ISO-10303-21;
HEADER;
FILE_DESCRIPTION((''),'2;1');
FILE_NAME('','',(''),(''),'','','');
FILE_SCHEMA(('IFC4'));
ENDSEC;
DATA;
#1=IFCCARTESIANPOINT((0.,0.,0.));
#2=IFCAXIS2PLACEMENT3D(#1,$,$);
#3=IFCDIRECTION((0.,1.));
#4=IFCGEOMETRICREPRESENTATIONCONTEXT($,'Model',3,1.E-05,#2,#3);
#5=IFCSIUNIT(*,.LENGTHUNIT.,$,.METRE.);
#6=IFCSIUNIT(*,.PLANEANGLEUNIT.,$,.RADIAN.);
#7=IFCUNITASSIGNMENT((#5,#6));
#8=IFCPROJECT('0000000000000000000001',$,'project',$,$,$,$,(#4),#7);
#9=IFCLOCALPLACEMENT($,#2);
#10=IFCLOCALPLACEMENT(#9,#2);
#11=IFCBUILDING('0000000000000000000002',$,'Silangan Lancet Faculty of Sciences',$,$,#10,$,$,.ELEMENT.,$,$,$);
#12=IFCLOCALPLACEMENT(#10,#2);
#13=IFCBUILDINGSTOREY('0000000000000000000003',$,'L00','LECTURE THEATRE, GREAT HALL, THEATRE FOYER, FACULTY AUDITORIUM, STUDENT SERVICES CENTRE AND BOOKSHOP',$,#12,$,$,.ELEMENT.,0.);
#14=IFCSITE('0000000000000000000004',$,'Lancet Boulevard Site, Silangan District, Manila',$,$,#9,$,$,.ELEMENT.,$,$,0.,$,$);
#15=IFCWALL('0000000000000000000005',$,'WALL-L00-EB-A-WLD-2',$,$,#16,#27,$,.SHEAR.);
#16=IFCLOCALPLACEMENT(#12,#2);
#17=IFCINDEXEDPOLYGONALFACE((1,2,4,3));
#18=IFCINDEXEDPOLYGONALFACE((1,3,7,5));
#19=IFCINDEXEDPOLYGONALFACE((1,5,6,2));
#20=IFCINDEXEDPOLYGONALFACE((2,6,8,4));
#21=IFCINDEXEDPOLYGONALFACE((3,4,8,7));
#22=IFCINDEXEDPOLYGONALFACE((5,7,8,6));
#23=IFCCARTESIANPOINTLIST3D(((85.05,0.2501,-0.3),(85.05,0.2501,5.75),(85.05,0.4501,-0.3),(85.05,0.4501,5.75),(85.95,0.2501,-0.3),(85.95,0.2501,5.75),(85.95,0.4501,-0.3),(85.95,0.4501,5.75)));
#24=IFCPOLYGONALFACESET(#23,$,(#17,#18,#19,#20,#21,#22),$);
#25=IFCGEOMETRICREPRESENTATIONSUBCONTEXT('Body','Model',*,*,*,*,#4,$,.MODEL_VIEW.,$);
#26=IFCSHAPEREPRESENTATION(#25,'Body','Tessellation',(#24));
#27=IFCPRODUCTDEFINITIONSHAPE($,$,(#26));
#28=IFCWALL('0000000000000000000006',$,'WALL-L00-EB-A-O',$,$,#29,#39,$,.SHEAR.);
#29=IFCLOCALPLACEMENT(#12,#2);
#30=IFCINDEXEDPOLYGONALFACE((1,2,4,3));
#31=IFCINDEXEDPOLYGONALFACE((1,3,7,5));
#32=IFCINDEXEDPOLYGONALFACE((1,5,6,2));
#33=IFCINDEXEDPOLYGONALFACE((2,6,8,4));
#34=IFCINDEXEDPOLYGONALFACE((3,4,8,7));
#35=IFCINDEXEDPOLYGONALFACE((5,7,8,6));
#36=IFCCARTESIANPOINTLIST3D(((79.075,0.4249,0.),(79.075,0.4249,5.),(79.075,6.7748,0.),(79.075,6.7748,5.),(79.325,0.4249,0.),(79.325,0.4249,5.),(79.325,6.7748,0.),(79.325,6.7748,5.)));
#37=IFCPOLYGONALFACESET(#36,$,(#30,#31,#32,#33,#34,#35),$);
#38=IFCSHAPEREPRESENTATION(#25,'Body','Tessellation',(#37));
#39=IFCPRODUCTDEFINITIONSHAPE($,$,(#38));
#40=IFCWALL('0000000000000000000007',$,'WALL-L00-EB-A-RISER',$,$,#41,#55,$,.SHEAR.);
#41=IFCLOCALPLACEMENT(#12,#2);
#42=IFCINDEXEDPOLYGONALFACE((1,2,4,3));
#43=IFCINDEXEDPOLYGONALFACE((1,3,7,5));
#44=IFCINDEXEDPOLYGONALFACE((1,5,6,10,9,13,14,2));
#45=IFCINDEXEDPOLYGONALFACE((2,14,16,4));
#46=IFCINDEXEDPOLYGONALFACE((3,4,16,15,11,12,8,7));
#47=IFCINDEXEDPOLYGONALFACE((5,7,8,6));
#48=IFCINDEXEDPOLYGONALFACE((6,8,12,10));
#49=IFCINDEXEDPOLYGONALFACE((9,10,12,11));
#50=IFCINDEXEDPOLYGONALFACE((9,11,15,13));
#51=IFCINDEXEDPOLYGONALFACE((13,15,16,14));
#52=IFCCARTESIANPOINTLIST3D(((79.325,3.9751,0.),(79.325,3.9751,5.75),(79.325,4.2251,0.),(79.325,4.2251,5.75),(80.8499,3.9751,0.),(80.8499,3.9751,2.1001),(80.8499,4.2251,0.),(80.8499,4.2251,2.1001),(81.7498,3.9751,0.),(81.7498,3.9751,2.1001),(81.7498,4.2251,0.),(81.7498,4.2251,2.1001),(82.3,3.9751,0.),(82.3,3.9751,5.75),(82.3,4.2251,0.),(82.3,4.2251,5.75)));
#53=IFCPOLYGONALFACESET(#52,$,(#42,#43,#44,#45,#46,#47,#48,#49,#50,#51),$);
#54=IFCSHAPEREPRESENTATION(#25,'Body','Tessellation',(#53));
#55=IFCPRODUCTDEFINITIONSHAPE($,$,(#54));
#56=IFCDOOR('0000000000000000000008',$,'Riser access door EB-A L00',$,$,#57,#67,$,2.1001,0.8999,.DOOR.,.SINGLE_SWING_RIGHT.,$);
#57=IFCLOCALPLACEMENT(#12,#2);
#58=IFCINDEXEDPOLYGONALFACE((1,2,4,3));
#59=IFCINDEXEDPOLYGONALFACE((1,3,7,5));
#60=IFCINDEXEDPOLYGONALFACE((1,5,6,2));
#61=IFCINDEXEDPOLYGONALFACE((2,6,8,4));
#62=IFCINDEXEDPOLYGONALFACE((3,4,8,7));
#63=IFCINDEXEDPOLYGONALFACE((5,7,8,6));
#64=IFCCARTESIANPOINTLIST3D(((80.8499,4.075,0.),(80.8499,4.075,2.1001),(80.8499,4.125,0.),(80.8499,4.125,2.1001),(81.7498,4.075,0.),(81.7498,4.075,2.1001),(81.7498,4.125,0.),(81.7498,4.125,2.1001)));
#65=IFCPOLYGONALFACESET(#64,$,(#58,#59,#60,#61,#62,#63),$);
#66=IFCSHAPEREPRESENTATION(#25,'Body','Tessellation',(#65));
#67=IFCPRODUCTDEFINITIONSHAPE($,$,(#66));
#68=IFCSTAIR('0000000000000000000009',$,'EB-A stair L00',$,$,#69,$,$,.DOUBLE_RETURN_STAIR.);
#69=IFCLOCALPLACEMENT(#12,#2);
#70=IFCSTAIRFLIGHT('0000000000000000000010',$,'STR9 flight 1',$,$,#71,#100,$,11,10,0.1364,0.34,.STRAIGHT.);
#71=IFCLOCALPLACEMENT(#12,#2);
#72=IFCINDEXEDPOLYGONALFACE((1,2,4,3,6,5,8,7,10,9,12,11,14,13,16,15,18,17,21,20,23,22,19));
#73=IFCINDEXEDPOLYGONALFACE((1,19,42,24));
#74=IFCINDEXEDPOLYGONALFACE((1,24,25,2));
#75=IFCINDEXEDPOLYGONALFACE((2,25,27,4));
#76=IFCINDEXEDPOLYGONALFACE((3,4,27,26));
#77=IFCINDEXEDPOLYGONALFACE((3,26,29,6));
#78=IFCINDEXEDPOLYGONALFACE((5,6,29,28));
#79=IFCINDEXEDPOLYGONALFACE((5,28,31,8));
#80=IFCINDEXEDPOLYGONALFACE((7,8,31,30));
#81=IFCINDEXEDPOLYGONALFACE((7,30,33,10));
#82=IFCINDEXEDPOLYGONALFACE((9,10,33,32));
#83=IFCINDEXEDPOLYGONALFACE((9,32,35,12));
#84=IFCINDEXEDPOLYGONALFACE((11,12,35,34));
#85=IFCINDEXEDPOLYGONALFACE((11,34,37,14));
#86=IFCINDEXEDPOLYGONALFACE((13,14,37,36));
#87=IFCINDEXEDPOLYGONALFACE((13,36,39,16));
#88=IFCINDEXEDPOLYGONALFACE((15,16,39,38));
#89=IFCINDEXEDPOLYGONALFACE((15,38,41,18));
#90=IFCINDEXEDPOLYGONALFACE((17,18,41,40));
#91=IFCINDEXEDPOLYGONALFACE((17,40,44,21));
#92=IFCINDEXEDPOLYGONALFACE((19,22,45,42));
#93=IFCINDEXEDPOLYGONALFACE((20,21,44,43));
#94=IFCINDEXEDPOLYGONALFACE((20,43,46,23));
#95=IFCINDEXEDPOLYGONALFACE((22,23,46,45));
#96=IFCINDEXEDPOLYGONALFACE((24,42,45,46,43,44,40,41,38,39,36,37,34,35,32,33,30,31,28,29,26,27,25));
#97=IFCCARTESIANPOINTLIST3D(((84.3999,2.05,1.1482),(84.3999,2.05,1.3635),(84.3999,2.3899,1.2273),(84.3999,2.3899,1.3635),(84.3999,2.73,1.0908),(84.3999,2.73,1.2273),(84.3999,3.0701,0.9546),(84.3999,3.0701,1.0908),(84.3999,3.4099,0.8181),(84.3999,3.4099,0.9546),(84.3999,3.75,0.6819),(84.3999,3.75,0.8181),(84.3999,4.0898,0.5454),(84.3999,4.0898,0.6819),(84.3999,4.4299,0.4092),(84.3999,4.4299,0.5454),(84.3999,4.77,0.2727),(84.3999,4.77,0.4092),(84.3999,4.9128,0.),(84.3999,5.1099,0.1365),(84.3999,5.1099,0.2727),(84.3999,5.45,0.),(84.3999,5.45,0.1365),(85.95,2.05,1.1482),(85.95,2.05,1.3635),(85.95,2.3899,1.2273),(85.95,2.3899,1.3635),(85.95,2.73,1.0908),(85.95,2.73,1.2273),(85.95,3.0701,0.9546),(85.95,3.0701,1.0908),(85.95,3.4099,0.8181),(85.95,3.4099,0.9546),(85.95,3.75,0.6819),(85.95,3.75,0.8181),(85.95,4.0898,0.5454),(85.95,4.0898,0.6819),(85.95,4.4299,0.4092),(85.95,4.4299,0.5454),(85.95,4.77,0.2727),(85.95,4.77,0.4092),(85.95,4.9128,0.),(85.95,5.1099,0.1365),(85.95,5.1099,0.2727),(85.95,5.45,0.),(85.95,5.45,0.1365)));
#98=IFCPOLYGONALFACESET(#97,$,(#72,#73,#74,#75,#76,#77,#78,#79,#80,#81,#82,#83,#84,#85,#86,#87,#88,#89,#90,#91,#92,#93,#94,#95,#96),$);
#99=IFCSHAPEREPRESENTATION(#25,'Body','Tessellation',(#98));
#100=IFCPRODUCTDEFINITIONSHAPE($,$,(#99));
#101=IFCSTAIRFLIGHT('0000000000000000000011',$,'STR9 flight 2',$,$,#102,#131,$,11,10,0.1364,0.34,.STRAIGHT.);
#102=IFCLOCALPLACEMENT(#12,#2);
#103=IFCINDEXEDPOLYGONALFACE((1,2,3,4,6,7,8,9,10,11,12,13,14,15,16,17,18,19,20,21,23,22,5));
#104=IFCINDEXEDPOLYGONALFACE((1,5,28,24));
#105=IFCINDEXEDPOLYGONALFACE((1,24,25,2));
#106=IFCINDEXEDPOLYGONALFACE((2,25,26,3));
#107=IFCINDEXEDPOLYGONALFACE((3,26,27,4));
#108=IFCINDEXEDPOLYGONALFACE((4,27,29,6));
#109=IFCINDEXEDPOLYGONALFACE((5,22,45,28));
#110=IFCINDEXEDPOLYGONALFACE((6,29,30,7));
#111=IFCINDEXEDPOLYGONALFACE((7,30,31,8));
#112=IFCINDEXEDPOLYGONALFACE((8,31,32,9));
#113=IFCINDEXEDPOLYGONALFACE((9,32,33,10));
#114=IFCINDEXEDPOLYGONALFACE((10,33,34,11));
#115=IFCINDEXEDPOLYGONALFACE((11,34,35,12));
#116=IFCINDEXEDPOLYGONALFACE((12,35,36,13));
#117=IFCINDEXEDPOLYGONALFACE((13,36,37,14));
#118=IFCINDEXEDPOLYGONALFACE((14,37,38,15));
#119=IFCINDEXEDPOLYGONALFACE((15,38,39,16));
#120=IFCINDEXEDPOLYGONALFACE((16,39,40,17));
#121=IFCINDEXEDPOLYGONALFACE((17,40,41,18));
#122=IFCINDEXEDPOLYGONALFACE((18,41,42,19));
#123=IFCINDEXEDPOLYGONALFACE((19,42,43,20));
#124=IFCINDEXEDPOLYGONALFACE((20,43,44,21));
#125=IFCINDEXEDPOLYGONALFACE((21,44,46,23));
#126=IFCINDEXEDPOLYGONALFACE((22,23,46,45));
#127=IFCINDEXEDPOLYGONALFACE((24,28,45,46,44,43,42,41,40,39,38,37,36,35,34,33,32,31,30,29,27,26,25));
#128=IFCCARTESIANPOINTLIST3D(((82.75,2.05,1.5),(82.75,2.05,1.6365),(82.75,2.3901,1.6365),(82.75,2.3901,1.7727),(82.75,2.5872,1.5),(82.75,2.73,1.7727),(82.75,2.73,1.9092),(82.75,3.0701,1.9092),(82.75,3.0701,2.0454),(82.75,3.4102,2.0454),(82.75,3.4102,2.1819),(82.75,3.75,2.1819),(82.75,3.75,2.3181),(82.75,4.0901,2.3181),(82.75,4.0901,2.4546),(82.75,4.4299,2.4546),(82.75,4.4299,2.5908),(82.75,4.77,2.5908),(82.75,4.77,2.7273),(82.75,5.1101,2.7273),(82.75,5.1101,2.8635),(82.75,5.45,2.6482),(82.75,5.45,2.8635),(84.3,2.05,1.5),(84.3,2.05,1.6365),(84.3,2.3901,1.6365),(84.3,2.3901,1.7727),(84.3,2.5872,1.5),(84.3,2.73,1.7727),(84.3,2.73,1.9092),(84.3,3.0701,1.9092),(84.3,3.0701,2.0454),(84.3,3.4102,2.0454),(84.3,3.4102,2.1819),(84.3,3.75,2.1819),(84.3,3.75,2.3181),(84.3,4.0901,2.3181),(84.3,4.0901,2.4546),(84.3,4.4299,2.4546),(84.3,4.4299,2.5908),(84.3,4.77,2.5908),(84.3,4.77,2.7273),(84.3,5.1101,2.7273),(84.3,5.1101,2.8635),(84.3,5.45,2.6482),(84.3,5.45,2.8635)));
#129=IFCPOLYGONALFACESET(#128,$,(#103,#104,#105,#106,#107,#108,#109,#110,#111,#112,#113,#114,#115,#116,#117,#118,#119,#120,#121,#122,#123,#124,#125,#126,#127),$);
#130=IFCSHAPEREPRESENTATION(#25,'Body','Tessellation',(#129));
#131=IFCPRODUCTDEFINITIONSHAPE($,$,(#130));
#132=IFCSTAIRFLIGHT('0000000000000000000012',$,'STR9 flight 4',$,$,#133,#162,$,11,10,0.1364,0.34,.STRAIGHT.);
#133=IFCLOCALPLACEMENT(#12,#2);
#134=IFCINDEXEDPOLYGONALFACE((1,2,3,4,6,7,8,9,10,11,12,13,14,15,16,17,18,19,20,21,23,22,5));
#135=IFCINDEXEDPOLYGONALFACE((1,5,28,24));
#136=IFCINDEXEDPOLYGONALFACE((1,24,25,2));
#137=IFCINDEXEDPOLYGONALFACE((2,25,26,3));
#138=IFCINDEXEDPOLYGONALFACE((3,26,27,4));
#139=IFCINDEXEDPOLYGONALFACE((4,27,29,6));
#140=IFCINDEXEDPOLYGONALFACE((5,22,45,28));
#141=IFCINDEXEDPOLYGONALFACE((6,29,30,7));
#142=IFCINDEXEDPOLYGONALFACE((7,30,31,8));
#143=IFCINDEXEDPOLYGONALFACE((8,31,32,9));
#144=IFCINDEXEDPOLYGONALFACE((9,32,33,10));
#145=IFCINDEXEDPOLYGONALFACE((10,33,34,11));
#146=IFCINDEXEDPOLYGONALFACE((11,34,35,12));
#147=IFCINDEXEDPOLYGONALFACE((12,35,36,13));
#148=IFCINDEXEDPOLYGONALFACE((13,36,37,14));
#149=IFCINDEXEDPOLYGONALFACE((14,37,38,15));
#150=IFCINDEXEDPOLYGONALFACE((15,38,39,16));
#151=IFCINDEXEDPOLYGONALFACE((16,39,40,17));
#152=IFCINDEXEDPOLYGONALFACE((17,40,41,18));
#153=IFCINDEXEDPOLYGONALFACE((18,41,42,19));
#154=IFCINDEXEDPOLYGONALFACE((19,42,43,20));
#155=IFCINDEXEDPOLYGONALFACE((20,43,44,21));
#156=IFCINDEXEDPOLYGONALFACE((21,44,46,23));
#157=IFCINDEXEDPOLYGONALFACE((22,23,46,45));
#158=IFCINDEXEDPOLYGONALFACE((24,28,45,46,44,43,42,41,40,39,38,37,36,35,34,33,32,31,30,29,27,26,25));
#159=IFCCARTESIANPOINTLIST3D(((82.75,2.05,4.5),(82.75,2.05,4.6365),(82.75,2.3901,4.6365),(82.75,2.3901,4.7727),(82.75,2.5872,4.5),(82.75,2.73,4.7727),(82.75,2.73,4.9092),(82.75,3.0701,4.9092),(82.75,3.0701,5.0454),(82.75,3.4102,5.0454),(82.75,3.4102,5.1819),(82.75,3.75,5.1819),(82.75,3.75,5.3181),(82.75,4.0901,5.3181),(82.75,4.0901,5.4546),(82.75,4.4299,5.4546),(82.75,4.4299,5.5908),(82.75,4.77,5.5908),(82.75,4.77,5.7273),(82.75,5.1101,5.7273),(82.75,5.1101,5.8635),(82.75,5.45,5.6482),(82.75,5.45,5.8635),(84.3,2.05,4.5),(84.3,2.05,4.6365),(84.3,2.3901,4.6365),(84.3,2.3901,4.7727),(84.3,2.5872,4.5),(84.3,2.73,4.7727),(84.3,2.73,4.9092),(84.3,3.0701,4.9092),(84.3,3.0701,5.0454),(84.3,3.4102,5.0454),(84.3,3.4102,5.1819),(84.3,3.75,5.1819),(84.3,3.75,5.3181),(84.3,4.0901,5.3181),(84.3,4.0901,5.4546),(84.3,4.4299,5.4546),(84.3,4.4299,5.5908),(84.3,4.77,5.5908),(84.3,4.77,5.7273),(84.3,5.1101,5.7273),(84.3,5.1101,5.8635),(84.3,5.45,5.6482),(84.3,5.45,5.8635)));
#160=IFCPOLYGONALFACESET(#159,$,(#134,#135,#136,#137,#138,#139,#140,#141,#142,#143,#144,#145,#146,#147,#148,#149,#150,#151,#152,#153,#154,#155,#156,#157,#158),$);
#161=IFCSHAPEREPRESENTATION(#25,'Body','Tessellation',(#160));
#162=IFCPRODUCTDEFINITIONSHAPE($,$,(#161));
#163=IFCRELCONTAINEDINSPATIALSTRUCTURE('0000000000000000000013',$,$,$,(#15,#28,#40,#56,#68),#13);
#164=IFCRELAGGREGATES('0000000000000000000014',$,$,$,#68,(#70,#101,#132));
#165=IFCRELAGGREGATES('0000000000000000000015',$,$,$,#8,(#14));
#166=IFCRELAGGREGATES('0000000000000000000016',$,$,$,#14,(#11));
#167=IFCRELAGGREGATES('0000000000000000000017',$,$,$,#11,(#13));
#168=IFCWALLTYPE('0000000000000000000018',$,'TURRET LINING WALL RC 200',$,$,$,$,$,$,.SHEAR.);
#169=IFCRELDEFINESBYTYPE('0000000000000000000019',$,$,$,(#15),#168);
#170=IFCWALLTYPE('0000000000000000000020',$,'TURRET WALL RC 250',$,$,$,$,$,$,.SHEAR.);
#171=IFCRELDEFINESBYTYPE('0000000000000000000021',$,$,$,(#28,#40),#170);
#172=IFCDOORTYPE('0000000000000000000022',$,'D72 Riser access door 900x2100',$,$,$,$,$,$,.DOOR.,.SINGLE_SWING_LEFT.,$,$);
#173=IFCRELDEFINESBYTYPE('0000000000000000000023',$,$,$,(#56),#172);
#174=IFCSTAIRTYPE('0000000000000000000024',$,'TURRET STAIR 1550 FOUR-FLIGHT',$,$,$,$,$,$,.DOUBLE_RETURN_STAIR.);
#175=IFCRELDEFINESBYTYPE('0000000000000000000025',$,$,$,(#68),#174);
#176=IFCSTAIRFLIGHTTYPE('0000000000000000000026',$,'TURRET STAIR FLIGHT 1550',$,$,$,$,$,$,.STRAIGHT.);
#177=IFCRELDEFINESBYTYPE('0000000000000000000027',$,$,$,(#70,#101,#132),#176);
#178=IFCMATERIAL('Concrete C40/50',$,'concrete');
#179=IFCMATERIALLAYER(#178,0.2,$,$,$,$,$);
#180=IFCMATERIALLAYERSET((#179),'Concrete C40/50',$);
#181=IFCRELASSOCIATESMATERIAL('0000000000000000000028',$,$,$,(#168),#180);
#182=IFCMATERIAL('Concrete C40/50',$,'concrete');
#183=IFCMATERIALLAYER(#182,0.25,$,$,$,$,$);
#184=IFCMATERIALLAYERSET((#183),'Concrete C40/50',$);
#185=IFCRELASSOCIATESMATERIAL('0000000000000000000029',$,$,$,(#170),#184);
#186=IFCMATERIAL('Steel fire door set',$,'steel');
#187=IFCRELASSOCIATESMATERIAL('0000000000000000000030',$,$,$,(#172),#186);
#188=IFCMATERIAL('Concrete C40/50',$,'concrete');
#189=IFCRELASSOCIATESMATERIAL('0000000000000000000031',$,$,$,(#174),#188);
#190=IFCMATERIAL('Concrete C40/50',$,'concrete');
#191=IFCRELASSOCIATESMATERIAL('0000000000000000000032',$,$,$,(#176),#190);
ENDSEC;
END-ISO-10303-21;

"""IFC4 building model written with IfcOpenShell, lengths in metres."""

from ifc_helpers import new_model, si_unit, direction, frame, frame_2d, origin, place, context, subcontext, project, spatial, polyline, rectangle, outline, extrude, material, layer, layer_set, type_object, element, fill, aggregate, save


model = new_model("IFC4")

# Units and contexts
model_context = context("Model", 3, precision=1e-05, world=origin(), true_north=direction((0.0, 1.0)))
body_context = subcontext(model_context, "Body", "Model", "MODEL_VIEW")
ifc_project = project(units=[si_unit("LENGTHUNIT", "METRE"), si_unit("PLANEANGLEUNIT", "RADIAN")], contexts=[model_context])

# Site, building, storey
site_placement = place(None, origin())
site = spatial("IfcSite", under=ifc_project, at=site_placement, Name="Lancet Boulevard Site, Silangan District, Manila", CompositionType="ELEMENT", RefElevation=0.0)
building_placement = place(site_placement, origin())
building = spatial("IfcBuilding", under=site, at=building_placement, Name="Silangan Lancet Faculty of Sciences", CompositionType="ELEMENT")
storey_placement = place(building_placement, origin())
storey = spatial("IfcBuildingStorey", under=building, at=storey_placement, Name="L00", Description="LECTURE THEATRE, GREAT HALL, THEATRE FOYER, FACULTY AUDITORIUM, STUDENT SERVICES CENTRE AND BOOKSHOP", CompositionType="ELEMENT", Elevation=0.0)

# Walls
ifc_material_1 = material(Name="Concrete C40/50", Category="concrete")
ifc_layer_1 = layer(ifc_material_1, 0.2)
ifc_layer_set_1 = layer_set([ifc_layer_1], Name="Concrete C40/50")
wall_type_1 = type_object("IfcWallType", Name="TURRET LINING WALL RC 200", PredefinedType="SHEAR", material=ifc_layer_set_1)
wall_1_placement = place(storey_placement, frame((85.05, 0.3501, -0.3), z_axis=(0.0, 0.0, 1.0), x_axis=(1.0, 0.0, 0.0)))
element("IfcWall", 1, at=wall_1_placement, inside=storey, type_object=wall_type_1, Name="WALL-L00-EB-A-WLD-2", PredefinedType="SHEAR", context=body_context, shape_type="SweptSolid", body=[
    extrude(rectangle(XDim=0.8999, YDim=0.2, at=frame_2d((0.45, 0.0))), origin(), (0.0, 0.0, 1.0), 6.05),
])
ifc_material_2 = material(Name="Concrete C40/50", Category="concrete")
ifc_layer_2 = layer(ifc_material_2, 0.25)
ifc_layer_set_2 = layer_set([ifc_layer_2], Name="Concrete C40/50")
wall_type_2 = type_object("IfcWallType", Name="TURRET WALL RC 250", PredefinedType="SHEAR", material=ifc_layer_set_2)
wall_2_placement = place(storey_placement, frame((79.2, 0.425, 0.0), z_axis=(0.0, 0.0, 1.0), x_axis=(0.0, 1.0, 0.0)))
element("IfcWall", 2, at=wall_2_placement, inside=storey, type_object=wall_type_2, Name="WALL-L00-EB-A-O", PredefinedType="SHEAR", context=body_context, shape_type="SweptSolid", body=[
    extrude(rectangle(XDim=6.3499, YDim=0.25, at=frame_2d((3.1748, 0.0))), origin(), (0.0, 0.0, 1.0), 5.0),
])

# Wall, opening, door
wall_3_placement = place(storey_placement, frame((79.325, 4.1001, 0.0), z_axis=(0.0, 0.0, 1.0), x_axis=(1.0, 0.0, 0.0)))
wall_3 = element("IfcWall", 3, at=wall_3_placement, inside=storey, type_object=wall_type_2, Name="WALL-L00-EB-A-RISER", PredefinedType="SHEAR", context=body_context, shape_type="SweptSolid", body=[
    extrude(rectangle(XDim=2.9751, YDim=0.25, at=frame_2d((1.4875, 0.0))), origin(), (0.0, 0.0, 1.0), 5.75),
])
opening_1_placement = place(wall_3_placement, frame((1.5249, 0.0, 0.0)))
opening_1 = element("IfcOpeningElement", 4, at=opening_1_placement, cuts=wall_3, PredefinedType="OPENING", context=body_context, shape_type="SweptSolid", body=[
    extrude(rectangle(XDim=0.8999, YDim=2.1001, at=frame_2d((0.45, 1.05))), frame((0.0, 0.135, 0.0), z_axis=(0.0, -1.0, 0.0), x_axis=(1.0, 0.0, 0.0)), (0.0, 0.0, 1.0), 0.27),
])
ifc_material_3 = material(Name="Steel fire door set", Category="steel")
door_type_1 = type_object("IfcDoorType", Name="D72 Riser access door 900x2100", OperationType="SINGLE_SWING_LEFT", PredefinedType="DOOR", material=ifc_material_3)
door_1_placement = place(opening_1_placement, frame((0.8999, 0.0, 0.0), z_axis=(0.0, 0.0, 1.0), x_axis=(-1.0, 0.0, 0.0)))
door_1 = element("IfcDoor", 5, at=door_1_placement, inside=storey, type_object=door_type_1, Name="Riser access door EB-A L00", OperationType="SINGLE_SWING_RIGHT", OverallHeight=2.1001, OverallWidth=0.8999, PredefinedType="DOOR", context=body_context, shape_type="SweptSolid", body=[
    extrude(rectangle(XDim=0.8999, YDim=2.1001, at=frame_2d((0.45, 1.05))), frame((0.0, 0.0251, 0.0), z_axis=(0.0, -1.0, 0.0), x_axis=(1.0, 0.0, 0.0)), (0.0, 0.0, 1.0), 0.05),
])
fill(opening_1, door_1)

# Stair, stair flights
ifc_material_4 = material(Name="Concrete C40/50", Category="concrete")
stair_type = type_object("IfcStairType", Name="TURRET STAIR 1550 FOUR-FLIGHT", PredefinedType="DOUBLE_RETURN_STAIR", material=ifc_material_4)
stair_placement = place(storey_placement, origin())
stair = element("IfcStair", 6, at=stair_placement, inside=storey, type_object=stair_type, Name="EB-A stair L00", PredefinedType="DOUBLE_RETURN_STAIR")
ifc_material_5 = material(Name="Concrete C40/50", Category="concrete")
stair_flight_type = type_object("IfcStairFlightType", Name="TURRET STAIR FLIGHT 1550", PredefinedType="STRAIGHT", material=ifc_material_5)
stair_flight_1_placement = place(storey_placement, frame((85.175, 5.45, 0.0), z_axis=(0.0, 0.0, 1.0), x_axis=(0.0, -1.0, 0.0)))
stair_flight_1 = element("IfcStairFlight", 7, at=stair_flight_1_placement, type_object=stair_flight_type, Name="STR9 flight 1", NumberOfRisers=11, NumberOfTreads=10, PredefinedType="STRAIGHT", RiserHeight=0.1364, TreadLength=0.34, context=body_context, shape_type="SweptSolid", body=[
    extrude(outline(polyline([(0.0, 0.0), (0.0, 0.1365), (0.3401, 0.1365), (0.3401, 0.2727), (0.6799, 0.2727), (0.6799, 0.4092), (1.02, 0.4092), (1.02, 0.5454), (1.3601, 0.5454), (1.3601, 0.6819), (1.7, 0.6819), (1.7, 0.8181), (2.04, 0.8181), (2.04, 0.9546), (2.3799, 0.9546), (2.3799, 1.0908), (2.72, 1.0908), (2.72, 1.2273), (3.0601, 1.2273), (3.0601, 1.3635), (3.3999, 1.3635), (3.3999, 1.5), (3.3999, 1.1482), (0.5371, 0.0), (0.0, 0.0)])), frame((0.0, 0.7749, 0.0), z_axis=(0.0, -1.0, 0.0), x_axis=(1.0, 0.0, 0.0)), (0.0, 0.0, 1.0), 1.55),
])
stair_flight_2_placement = place(storey_placement, frame((83.5249, 2.05, 1.5), z_axis=(0.0, 0.0, 1.0), x_axis=(0.0, 1.0, 0.0)))
stair_flight_2 = element("IfcStairFlight", 8, at=stair_flight_2_placement, type_object=stair_flight_type, Name="STR9 flight 2", NumberOfRisers=11, NumberOfTreads=10, PredefinedType="STRAIGHT", RiserHeight=0.1364, TreadLength=0.34, context=body_context, shape_type="SweptSolid", body=[
    extrude(outline(polyline([(0.0, 0.0), (0.0, 0.1365), (0.3401, 0.1365), (0.3401, 0.2727), (0.6799, 0.2727), (0.6799, 0.4092), (1.02, 0.4092), (1.02, 0.5454), (1.3601, 0.5454), (1.3601, 0.6819), (1.7, 0.6819), (1.7, 0.8181), (2.04, 0.8181), (2.04, 0.9546), (2.3799, 0.9546), (2.3799, 1.0908), (2.72, 1.0908), (2.72, 1.2273), (3.0601, 1.2273), (3.0601, 1.3635), (3.3999, 1.3635), (3.3999, 1.5), (3.3999, 1.1482), (0.5371, 0.0), (0.0, 0.0)])), frame((0.0, 0.7749, 0.0), z_axis=(0.0, -1.0, 0.0), x_axis=(1.0, 0.0, 0.0)), (0.0, 0.0, 1.0), 1.55),
])
stair_flight_3_placement = place(storey_placement, frame((83.5249, 2.05, 4.5), z_axis=(0.0, 0.0, 1.0), x_axis=(0.0, 1.0, 0.0)))
stair_flight_3 = element("IfcStairFlight", 9, at=stair_flight_3_placement, type_object=stair_flight_type, Name="STR9 flight 4", NumberOfRisers=11, NumberOfTreads=10, PredefinedType="STRAIGHT", RiserHeight=0.1364, TreadLength=0.34, context=body_context, shape_type="SweptSolid", body=[
    extrude(outline(polyline([(0.0, 0.0), (0.0, 0.1365), (0.3401, 0.1365), (0.3401, 0.2727), (0.6799, 0.2727), (0.6799, 0.4092), (1.02, 0.4092), (1.02, 0.5454), (1.3601, 0.5454), (1.3601, 0.6819), (1.7, 0.6819), (1.7, 0.8181), (2.04, 0.8181), (2.04, 0.9546), (2.3799, 0.9546), (2.3799, 1.0908), (2.72, 1.0908), (2.72, 1.2273), (3.0601, 1.2273), (3.0601, 1.3635), (3.3999, 1.3635), (3.3999, 1.5), (3.3999, 1.1482), (0.5371, 0.0), (0.0, 0.0)])), frame((0.0, 0.7749, 0.0), z_axis=(0.0, -1.0, 0.0), x_axis=(1.0, 0.0, 0.0)), (0.0, 0.0, 1.0), 1.55),
])
aggregate(stair, [stair_flight_1, stair_flight_2, stair_flight_3])

save(model, "model.ifc")
